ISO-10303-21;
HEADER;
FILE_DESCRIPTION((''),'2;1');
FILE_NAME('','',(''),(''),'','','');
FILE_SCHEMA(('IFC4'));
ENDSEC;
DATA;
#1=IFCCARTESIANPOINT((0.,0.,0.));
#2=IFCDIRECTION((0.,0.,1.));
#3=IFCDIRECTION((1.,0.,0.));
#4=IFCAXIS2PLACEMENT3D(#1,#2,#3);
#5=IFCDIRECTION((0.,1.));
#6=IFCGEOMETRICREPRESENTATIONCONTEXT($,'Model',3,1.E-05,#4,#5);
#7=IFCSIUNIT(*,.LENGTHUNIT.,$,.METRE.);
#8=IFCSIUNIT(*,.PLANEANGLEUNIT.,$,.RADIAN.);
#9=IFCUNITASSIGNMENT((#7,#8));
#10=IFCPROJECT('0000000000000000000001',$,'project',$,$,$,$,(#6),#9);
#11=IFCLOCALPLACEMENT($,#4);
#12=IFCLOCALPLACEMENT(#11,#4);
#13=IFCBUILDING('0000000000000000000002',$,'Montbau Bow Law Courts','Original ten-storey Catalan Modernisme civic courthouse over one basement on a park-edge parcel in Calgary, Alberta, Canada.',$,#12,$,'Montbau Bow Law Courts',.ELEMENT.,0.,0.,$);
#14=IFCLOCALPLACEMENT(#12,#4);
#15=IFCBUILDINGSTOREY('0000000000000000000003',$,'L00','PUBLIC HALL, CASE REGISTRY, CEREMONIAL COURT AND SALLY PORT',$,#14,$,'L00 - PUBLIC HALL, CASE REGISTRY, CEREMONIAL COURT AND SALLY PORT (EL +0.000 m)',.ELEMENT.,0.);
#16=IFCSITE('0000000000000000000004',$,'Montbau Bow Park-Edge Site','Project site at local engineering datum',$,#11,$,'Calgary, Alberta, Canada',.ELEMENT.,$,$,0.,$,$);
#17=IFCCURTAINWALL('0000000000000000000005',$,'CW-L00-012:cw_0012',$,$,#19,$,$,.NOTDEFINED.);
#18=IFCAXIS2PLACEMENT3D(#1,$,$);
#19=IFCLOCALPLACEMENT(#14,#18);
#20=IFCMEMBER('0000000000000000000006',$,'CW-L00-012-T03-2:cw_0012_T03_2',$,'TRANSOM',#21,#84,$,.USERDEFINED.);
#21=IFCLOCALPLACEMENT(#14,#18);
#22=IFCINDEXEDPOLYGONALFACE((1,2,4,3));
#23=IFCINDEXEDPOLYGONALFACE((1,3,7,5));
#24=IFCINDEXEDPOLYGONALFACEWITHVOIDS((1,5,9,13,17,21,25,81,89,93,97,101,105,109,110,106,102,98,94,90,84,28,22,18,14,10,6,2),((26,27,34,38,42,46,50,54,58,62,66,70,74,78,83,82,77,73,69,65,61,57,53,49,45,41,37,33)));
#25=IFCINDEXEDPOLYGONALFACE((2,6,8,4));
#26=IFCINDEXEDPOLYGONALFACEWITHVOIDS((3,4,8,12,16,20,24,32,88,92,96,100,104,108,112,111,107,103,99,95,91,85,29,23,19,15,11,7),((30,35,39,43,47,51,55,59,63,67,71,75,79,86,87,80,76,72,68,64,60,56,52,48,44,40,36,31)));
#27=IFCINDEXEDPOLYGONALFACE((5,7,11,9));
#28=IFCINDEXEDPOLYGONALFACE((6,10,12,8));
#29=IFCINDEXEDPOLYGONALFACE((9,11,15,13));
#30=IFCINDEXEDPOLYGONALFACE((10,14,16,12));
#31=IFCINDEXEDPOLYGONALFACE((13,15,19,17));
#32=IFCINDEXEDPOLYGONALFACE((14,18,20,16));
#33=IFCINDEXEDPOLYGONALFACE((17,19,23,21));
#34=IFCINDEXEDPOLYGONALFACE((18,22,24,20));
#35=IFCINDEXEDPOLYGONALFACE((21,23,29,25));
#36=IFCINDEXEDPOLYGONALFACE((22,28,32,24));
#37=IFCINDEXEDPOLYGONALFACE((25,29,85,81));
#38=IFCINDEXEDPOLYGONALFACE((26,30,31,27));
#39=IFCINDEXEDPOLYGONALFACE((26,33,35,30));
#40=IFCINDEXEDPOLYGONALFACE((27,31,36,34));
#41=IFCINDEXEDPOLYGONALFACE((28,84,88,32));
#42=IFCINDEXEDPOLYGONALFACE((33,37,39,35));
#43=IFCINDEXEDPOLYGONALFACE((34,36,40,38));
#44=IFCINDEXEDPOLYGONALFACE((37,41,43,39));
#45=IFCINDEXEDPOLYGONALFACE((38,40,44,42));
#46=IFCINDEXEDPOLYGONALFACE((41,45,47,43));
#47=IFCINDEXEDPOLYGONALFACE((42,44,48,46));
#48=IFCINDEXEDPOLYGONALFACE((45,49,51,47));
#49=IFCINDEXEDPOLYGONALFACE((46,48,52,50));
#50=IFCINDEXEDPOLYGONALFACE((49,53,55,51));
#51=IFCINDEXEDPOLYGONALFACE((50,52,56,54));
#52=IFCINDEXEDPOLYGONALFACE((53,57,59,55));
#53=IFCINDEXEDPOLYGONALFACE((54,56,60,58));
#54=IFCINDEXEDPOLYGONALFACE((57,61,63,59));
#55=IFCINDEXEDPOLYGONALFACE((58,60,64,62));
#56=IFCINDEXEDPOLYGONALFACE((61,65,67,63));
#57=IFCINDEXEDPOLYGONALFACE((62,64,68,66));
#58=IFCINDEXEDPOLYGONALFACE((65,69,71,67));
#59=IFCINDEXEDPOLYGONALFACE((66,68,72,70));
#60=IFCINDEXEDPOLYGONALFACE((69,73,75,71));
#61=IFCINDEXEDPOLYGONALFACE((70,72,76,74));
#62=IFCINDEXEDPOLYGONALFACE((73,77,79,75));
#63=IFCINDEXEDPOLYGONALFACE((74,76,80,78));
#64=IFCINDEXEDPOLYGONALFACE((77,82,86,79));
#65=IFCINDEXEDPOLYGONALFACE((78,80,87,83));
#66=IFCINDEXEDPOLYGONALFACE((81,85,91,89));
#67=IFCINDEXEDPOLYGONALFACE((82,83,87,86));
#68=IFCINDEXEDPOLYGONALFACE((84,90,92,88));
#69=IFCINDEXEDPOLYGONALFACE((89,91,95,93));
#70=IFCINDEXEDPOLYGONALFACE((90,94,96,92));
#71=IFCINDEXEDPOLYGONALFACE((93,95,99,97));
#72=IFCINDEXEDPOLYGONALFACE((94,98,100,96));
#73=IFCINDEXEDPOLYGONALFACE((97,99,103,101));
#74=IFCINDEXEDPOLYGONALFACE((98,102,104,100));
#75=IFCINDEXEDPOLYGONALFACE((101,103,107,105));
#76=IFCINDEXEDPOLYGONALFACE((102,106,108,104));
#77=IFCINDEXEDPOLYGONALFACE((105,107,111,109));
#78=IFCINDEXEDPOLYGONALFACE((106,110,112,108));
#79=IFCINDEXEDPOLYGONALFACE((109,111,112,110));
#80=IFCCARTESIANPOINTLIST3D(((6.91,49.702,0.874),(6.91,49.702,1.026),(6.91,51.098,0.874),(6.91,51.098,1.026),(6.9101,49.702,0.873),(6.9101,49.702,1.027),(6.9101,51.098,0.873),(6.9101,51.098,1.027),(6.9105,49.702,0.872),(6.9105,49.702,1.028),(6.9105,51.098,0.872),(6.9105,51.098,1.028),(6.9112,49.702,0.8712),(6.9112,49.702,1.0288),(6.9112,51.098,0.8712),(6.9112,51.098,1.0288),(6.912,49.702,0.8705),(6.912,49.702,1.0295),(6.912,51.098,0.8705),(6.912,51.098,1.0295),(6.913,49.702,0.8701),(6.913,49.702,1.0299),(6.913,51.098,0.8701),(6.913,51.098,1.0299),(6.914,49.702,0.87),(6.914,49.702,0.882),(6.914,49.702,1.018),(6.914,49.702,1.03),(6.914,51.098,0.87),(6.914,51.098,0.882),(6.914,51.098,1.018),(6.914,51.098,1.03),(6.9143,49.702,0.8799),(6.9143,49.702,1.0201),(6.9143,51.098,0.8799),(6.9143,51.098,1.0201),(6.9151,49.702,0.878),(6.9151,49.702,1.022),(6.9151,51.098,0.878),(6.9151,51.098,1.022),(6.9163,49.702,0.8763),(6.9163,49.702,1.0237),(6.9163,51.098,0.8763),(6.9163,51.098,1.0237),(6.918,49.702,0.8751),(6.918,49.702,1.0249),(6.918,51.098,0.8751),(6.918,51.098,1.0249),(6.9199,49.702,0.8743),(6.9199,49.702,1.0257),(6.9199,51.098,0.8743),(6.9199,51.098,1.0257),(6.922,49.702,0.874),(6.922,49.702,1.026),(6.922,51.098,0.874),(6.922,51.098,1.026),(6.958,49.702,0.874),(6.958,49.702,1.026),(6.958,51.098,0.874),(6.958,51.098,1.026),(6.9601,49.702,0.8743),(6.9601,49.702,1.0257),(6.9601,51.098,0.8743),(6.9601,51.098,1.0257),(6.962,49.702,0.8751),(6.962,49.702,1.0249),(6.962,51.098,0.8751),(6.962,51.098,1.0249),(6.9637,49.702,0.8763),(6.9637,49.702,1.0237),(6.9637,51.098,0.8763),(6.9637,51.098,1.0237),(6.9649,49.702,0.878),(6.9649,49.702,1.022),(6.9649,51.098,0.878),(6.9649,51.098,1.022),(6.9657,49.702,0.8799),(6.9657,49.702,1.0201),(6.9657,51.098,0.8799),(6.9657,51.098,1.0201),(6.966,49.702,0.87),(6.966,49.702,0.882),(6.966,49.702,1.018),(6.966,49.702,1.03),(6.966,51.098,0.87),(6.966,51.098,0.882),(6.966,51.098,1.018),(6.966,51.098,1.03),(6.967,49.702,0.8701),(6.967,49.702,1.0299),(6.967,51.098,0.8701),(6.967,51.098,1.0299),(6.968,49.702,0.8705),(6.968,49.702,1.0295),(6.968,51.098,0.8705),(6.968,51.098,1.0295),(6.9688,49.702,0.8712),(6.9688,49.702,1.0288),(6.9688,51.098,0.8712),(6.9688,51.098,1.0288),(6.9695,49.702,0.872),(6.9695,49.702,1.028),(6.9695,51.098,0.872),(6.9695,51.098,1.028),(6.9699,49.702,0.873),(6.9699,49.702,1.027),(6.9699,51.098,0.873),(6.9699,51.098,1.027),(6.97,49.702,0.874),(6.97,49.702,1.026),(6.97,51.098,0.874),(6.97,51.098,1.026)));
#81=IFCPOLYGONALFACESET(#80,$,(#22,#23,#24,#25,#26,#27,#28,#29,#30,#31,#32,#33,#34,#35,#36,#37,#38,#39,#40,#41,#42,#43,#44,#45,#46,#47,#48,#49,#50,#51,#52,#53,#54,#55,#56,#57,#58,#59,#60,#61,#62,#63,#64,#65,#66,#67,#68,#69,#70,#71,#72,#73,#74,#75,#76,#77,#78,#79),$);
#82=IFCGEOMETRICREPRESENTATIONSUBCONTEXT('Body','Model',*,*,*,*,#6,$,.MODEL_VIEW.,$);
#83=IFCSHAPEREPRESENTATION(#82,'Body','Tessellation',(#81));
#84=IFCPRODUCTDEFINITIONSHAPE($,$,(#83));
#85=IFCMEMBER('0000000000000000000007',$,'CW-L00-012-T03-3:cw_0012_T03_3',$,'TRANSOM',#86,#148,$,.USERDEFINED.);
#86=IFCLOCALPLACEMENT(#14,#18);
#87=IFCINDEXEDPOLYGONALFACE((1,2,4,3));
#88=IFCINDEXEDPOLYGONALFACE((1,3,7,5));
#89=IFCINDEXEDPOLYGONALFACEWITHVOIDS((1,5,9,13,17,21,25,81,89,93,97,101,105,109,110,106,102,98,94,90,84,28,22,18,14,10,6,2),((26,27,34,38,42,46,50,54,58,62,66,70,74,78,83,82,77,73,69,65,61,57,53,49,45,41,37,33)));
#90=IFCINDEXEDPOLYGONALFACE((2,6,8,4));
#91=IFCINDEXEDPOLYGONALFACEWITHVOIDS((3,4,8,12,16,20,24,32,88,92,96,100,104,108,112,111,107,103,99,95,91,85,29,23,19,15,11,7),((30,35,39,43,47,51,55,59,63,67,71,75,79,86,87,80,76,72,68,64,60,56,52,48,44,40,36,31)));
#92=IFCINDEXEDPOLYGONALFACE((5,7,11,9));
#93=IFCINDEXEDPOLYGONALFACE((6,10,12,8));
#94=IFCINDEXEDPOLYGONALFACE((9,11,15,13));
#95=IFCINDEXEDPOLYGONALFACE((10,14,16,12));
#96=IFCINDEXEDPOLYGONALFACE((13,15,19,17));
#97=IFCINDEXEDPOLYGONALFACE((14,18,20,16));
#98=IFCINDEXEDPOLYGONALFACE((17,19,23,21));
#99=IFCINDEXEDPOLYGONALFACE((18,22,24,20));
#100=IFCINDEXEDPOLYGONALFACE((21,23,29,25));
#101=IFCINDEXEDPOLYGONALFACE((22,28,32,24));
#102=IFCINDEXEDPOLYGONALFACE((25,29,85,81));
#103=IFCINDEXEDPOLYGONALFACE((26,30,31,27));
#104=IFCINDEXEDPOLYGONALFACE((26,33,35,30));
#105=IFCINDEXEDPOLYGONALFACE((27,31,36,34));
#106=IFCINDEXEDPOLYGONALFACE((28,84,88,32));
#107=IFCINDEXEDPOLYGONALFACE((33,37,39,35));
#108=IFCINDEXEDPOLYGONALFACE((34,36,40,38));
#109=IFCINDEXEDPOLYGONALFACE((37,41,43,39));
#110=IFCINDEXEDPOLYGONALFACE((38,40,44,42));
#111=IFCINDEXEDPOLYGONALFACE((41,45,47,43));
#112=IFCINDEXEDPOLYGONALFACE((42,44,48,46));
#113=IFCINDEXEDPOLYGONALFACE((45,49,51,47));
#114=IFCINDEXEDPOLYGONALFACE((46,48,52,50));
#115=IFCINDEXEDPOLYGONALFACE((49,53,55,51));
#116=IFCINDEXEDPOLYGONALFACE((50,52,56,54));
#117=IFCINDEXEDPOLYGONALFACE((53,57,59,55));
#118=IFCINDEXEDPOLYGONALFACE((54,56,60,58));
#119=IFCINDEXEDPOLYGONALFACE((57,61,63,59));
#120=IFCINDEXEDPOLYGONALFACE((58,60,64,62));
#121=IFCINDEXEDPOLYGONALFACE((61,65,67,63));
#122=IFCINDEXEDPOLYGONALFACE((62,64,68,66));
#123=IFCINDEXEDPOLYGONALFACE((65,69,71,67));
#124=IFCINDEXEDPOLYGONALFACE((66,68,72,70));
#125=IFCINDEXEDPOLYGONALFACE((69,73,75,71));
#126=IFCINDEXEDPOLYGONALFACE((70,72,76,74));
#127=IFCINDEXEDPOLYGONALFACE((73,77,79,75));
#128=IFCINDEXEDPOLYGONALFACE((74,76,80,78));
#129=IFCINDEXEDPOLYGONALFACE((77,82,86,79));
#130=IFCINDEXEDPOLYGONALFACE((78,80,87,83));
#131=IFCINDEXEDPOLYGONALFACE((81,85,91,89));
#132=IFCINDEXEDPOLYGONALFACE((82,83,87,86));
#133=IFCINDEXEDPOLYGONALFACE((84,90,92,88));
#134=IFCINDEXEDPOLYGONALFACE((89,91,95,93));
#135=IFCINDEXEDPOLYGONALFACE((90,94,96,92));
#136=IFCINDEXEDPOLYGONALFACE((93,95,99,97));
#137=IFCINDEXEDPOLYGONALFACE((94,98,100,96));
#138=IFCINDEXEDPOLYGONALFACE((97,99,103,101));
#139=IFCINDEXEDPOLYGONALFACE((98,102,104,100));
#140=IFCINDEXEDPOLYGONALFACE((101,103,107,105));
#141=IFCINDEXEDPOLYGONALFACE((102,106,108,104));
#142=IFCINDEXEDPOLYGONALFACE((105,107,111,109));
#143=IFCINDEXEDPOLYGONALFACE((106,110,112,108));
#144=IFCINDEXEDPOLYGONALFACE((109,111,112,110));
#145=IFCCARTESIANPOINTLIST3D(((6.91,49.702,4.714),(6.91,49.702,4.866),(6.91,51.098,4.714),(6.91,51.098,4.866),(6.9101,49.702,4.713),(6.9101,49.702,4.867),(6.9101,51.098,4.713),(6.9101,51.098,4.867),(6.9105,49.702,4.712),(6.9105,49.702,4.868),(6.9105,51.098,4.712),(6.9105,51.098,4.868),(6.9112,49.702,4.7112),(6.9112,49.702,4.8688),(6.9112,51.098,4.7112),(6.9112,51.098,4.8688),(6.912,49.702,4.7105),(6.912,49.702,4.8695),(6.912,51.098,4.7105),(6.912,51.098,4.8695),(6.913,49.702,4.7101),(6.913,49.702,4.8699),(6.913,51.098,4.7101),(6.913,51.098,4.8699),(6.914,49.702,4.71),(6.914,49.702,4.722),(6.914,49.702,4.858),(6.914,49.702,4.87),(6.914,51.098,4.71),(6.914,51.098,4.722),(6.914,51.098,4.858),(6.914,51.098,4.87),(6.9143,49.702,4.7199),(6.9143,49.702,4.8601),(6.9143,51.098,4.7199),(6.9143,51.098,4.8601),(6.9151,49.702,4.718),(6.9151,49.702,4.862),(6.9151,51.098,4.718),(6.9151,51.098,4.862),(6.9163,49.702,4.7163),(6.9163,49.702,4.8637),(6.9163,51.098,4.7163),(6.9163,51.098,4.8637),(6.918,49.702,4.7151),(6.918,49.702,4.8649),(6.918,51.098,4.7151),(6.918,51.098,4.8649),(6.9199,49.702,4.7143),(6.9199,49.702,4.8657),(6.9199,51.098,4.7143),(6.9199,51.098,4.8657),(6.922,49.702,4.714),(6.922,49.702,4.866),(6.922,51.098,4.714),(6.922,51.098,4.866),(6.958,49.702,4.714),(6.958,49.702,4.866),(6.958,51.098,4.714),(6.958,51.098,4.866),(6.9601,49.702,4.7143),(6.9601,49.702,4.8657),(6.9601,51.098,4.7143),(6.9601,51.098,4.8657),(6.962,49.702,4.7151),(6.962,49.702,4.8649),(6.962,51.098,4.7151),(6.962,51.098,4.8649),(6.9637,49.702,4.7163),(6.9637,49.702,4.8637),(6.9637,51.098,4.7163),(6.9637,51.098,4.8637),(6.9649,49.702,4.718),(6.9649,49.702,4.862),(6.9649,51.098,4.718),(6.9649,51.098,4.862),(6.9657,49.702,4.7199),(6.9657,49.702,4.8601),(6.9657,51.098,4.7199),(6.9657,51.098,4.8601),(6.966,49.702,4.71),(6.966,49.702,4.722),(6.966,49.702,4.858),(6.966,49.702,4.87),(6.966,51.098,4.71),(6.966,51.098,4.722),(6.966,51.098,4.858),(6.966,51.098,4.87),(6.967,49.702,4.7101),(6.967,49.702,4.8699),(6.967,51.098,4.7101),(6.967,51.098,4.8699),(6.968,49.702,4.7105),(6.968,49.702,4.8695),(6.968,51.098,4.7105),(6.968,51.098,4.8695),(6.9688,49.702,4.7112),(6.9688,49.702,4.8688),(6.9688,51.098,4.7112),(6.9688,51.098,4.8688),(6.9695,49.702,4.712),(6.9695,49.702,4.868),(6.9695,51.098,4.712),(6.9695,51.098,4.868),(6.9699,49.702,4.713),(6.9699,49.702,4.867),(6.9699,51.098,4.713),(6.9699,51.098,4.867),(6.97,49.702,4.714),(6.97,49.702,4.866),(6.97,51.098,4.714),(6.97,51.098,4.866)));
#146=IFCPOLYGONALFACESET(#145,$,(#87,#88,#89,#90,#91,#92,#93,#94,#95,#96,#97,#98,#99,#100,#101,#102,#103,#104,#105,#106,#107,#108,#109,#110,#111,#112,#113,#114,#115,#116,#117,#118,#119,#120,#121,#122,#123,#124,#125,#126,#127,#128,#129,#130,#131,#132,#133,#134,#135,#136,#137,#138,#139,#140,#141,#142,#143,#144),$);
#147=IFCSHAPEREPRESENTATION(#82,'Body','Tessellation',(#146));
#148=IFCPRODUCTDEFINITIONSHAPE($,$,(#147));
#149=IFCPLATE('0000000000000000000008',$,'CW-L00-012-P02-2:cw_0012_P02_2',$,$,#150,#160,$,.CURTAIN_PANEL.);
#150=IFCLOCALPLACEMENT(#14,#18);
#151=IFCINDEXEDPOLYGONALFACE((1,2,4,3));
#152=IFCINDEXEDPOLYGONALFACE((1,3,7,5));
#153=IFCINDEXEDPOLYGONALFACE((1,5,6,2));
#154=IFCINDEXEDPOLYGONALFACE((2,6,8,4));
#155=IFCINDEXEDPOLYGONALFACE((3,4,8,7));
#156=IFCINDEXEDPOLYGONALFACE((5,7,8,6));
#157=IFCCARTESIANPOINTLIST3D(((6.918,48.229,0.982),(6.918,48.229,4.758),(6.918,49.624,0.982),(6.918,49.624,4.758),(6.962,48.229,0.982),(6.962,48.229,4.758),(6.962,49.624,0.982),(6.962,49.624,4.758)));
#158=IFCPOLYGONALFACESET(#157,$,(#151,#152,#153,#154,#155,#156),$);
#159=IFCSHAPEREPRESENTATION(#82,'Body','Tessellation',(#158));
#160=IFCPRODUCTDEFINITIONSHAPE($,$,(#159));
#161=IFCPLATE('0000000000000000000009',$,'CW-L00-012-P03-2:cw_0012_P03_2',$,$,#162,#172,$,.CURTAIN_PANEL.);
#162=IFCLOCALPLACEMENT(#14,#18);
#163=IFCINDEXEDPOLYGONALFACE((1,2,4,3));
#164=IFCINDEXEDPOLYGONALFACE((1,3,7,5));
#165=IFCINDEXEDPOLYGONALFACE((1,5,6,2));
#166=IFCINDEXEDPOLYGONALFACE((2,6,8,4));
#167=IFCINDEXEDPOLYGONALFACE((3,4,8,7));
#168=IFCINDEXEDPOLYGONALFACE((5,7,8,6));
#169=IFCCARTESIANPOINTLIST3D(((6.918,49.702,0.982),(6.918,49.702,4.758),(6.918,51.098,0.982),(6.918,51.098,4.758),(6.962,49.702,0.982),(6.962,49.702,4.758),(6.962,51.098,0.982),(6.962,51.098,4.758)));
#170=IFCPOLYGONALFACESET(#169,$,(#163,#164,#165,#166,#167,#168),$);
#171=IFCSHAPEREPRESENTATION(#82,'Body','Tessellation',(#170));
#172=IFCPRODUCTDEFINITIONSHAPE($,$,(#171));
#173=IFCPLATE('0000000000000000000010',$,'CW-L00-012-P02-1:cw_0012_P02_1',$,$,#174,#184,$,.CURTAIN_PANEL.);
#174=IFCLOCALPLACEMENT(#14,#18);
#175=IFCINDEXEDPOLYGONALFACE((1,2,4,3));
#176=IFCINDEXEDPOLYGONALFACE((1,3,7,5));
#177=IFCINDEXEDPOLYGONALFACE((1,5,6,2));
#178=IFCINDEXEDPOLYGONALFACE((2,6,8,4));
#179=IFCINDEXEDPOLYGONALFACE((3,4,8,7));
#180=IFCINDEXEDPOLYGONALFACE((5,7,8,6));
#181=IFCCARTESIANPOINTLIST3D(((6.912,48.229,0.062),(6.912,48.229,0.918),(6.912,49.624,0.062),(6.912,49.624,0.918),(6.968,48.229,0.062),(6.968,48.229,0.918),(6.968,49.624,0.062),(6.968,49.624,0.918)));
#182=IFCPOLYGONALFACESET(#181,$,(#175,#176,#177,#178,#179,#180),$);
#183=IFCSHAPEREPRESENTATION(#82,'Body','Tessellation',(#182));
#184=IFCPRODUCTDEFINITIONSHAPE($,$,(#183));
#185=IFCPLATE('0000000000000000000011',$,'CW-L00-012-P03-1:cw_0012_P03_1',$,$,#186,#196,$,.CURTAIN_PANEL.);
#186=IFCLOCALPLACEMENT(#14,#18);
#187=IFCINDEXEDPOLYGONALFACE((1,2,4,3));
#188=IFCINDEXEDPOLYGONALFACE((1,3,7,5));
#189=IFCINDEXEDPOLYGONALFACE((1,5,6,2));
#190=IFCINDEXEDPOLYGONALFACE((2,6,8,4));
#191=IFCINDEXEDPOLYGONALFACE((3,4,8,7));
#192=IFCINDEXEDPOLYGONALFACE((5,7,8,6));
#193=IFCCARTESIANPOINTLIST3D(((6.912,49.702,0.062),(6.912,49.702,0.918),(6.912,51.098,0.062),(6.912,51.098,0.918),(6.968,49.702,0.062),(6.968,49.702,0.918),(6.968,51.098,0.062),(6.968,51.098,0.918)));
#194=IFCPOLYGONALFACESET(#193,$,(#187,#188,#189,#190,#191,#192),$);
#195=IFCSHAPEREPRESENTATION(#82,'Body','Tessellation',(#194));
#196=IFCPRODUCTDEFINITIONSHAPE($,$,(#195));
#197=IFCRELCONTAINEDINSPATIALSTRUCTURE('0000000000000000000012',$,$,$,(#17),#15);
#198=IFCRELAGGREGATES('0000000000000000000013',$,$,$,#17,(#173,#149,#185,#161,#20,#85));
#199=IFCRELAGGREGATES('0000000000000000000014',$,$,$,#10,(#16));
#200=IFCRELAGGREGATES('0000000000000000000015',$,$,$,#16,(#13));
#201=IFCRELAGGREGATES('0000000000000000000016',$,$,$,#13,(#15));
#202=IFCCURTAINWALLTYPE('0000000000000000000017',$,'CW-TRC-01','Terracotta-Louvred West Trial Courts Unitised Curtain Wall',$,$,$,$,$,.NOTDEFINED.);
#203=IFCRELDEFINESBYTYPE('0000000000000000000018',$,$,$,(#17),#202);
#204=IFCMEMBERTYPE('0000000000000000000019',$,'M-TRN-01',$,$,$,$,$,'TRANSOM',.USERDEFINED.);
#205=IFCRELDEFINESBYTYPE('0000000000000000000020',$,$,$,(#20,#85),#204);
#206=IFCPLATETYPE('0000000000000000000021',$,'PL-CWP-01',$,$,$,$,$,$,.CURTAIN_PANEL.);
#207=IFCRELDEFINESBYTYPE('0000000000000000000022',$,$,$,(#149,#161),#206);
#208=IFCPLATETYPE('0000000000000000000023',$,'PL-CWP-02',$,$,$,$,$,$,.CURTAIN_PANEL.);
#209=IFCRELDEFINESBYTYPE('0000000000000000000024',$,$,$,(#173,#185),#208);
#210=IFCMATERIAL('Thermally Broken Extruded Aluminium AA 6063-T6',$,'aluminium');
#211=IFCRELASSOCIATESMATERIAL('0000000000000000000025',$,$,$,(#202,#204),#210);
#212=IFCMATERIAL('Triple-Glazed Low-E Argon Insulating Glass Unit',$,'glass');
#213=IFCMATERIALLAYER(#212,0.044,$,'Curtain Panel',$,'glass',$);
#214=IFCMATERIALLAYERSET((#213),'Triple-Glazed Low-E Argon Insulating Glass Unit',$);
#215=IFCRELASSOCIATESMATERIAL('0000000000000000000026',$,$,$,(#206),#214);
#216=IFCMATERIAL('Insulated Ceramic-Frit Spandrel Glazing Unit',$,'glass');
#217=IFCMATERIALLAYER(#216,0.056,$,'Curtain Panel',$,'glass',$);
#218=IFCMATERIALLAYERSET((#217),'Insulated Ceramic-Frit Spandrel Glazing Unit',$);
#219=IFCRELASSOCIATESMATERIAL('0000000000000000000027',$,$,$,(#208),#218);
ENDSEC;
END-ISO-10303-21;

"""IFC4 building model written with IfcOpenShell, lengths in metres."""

from ifc_helpers import new_model, si_unit, direction, frame, frame_2d, origin_with_axes, origin_2d_with_axis, place, context, subcontext, project, spatial, rectangle, hollow_rectangle, extrude, material, layer, layer_set, material_profile, profile_set, type_object, element, aggregate, save


model = new_model("IFC4")

# Units and contexts
model_context = context("Model", 3, precision=1e-05, world=origin_with_axes(), true_north=direction((0.0, 1.0)))
body_context = subcontext(model_context, "Body", "Model", "MODEL_VIEW")
ifc_project = project(units=[si_unit("LENGTHUNIT", "METRE"), si_unit("PLANEANGLEUNIT", "RADIAN")], contexts=[model_context])

# Site, building, storey
site_placement = place(None, origin_with_axes())
site = spatial("IfcSite", under=ifc_project, at=site_placement, Name="Montbau Bow Park-Edge Site", Description="Project site at local engineering datum", LongName="Calgary, Alberta, Canada", CompositionType="ELEMENT", RefElevation=0.0)
building_placement = place(site_placement, origin_with_axes())
building = spatial("IfcBuilding", under=site, at=building_placement, Name="Montbau Bow Law Courts", Description="Original ten-storey Catalan Modernisme civic courthouse over one basement on a park-edge parcel in Calgary, Alberta, Canada.", LongName="Montbau Bow Law Courts", CompositionType="ELEMENT", ElevationOfRefHeight=0.0, ElevationOfTerrain=0.0)
storey_placement = place(building_placement, origin_with_axes())
storey = spatial("IfcBuildingStorey", under=building, at=storey_placement, Name="L00", Description="PUBLIC HALL, CASE REGISTRY, CEREMONIAL COURT AND SALLY PORT", LongName="L00 - PUBLIC HALL, CASE REGISTRY, CEREMONIAL COURT AND SALLY PORT (EL +0.000 m)", CompositionType="ELEMENT", Elevation=0.0)

# Curtain wall, members, plates
ifc_material_1 = material(Name="Thermally Broken Extruded Aluminium AA 6063-T6", Category="aluminium")
curtain_wall_type = type_object("IfcCurtainWallType", Name="CW-TRC-01", Description="Terracotta-Louvred West Trial Courts Unitised Curtain Wall", PredefinedType="NOTDEFINED", material=ifc_material_1)
curtain_wall_placement = place(None, frame((6.94, 46.715, 0.0), z_axis=(0.0, 0.0, 1.0), x_axis=(1.0, 0.0, 0.0)))
curtain_wall = element("IfcCurtainWall", 1, at=curtain_wall_placement, inside=storey, type_object=curtain_wall_type, Name="CW-L00-012:cw_0012", PredefinedType="NOTDEFINED")
ifc_material_profile_1 = material_profile(ifc_material_1, hollow_rectangle(XDim=0.06, YDim=0.16, WallThickness=0.004, InnerFilletRadius=0.008, OuterFilletRadius=0.004, at=origin_2d_with_axis()), Name="CWT-160X60", Category="Main", Priority=0)
ifc_profile_set_1 = profile_set([ifc_material_profile_1], Name="Thermally Broken Extruded Aluminium AA 6063-T6")
member_type_1 = type_object("IfcMemberType", Name="M-TRN-01", ElementType="TRANSOM", PredefinedType="USERDEFINED", material=ifc_profile_set_1)
member_1_placement = place(None, frame((6.94, 49.702, 0.95), z_axis=(0.0, 1.0, 0.0), x_axis=(-1.0, 0.0, 0.0)))
member_1 = element("IfcMember", 2, at=member_1_placement, type_object=member_type_1, Name="CW-L00-012-T03-2:cw_0012_T03_2", ObjectType="TRANSOM", PredefinedType="USERDEFINED", context=body_context, shape_type="SweptSolid", body=[
    extrude(hollow_rectangle(XDim=0.06, YDim=0.16, WallThickness=0.004, InnerFilletRadius=0.008, OuterFilletRadius=0.004, at=origin_2d_with_axis()), origin_with_axes(), (0.0, 0.0, 1.0), 1.396),
])
member_2_placement = place(None, frame((6.94, 49.702, 4.79), z_axis=(0.0, 1.0, 0.0), x_axis=(-1.0, 0.0, 0.0)))
member_2 = element("IfcMember", 3, at=member_2_placement, type_object=member_type_1, Name="CW-L00-012-T03-3:cw_0012_T03_3", ObjectType="TRANSOM", PredefinedType="USERDEFINED", context=body_context, shape_type="SweptSolid", body=[
    extrude(hollow_rectangle(XDim=0.06, YDim=0.16, WallThickness=0.004, InnerFilletRadius=0.008, OuterFilletRadius=0.004, at=origin_2d_with_axis()), origin_with_axes(), (0.0, 0.0, 1.0), 1.396),
])
ifc_material_2 = material(Name="Triple-Glazed Low-E Argon Insulating Glass Unit", Category="glass")
ifc_layer_1 = layer(ifc_material_2, 0.044, Name="Curtain Panel", Category="glass")
ifc_layer_set_1 = layer_set([ifc_layer_1], Name="Triple-Glazed Low-E Argon Insulating Glass Unit")
plate_type_1 = type_object("IfcPlateType", Name="PL-CWP-01", PredefinedType="CURTAIN_PANEL", material=ifc_layer_set_1)
plate_1_placement = place(None, frame((6.94, 48.229, 0.982), z_axis=(1.0, 0.0, 0.0), x_axis=(0.0, 1.0, 0.0)))
plate_1 = element("IfcPlate", 4, at=plate_1_placement, type_object=plate_type_1, Name="CW-L00-012-P02-2:cw_0012_P02_2", PredefinedType="CURTAIN_PANEL", context=body_context, shape_type="SweptSolid", body=[
    extrude(rectangle(XDim=1.395, YDim=3.776, at=frame_2d((0.6975, 1.888), x_axis=(1.0, 0.0))), frame((0.0, 0.0, -0.022), z_axis=(0.0, 0.0, 1.0), x_axis=(1.0, 0.0, 0.0)), (0.0, 0.0, 1.0), 0.044),
])
plate_2_placement = place(None, frame((6.94, 49.702, 0.982), z_axis=(1.0, 0.0, 0.0), x_axis=(0.0, 1.0, 0.0)))
plate_2 = element("IfcPlate", 5, at=plate_2_placement, type_object=plate_type_1, Name="CW-L00-012-P03-2:cw_0012_P03_2", PredefinedType="CURTAIN_PANEL", context=body_context, shape_type="SweptSolid", body=[
    extrude(rectangle(XDim=1.396, YDim=3.776, at=frame_2d((0.698, 1.888), x_axis=(1.0, 0.0))), frame((0.0, 0.0, -0.022), z_axis=(0.0, 0.0, 1.0), x_axis=(1.0, 0.0, 0.0)), (0.0, 0.0, 1.0), 0.044),
])
ifc_material_3 = material(Name="Insulated Ceramic-Frit Spandrel Glazing Unit", Category="glass")
ifc_layer_2 = layer(ifc_material_3, 0.056, Name="Curtain Panel", Category="glass")
ifc_layer_set_2 = layer_set([ifc_layer_2], Name="Insulated Ceramic-Frit Spandrel Glazing Unit")
plate_type_2 = type_object("IfcPlateType", Name="PL-CWP-02", PredefinedType="CURTAIN_PANEL", material=ifc_layer_set_2)
plate_3_placement = place(None, frame((6.94, 48.229, 0.062), z_axis=(1.0, 0.0, 0.0), x_axis=(0.0, 1.0, 0.0)))
plate_3 = element("IfcPlate", 6, at=plate_3_placement, type_object=plate_type_2, Name="CW-L00-012-P02-1:cw_0012_P02_1", PredefinedType="CURTAIN_PANEL", context=body_context, shape_type="SweptSolid", body=[
    extrude(rectangle(XDim=1.395, YDim=0.856, at=frame_2d((0.6975, 0.428), x_axis=(1.0, 0.0))), frame((0.0, 0.0, -0.028), z_axis=(0.0, 0.0, 1.0), x_axis=(1.0, 0.0, 0.0)), (0.0, 0.0, 1.0), 0.056),
])
plate_4_placement = place(None, frame((6.94, 49.702, 0.062), z_axis=(1.0, 0.0, 0.0), x_axis=(0.0, 1.0, 0.0)))
plate_4 = element("IfcPlate", 7, at=plate_4_placement, type_object=plate_type_2, Name="CW-L00-012-P03-1:cw_0012_P03_1", PredefinedType="CURTAIN_PANEL", context=body_context, shape_type="SweptSolid", body=[
    extrude(rectangle(XDim=1.396, YDim=0.856, at=frame_2d((0.698, 0.428), x_axis=(1.0, 0.0))), frame((0.0, 0.0, -0.028), z_axis=(0.0, 0.0, 1.0), x_axis=(1.0, 0.0, 0.0)), (0.0, 0.0, 1.0), 0.056),
])
aggregate(curtain_wall, [plate_3, plate_1, plate_4, plate_2, member_1, member_2])

save(model, "model.ifc")
